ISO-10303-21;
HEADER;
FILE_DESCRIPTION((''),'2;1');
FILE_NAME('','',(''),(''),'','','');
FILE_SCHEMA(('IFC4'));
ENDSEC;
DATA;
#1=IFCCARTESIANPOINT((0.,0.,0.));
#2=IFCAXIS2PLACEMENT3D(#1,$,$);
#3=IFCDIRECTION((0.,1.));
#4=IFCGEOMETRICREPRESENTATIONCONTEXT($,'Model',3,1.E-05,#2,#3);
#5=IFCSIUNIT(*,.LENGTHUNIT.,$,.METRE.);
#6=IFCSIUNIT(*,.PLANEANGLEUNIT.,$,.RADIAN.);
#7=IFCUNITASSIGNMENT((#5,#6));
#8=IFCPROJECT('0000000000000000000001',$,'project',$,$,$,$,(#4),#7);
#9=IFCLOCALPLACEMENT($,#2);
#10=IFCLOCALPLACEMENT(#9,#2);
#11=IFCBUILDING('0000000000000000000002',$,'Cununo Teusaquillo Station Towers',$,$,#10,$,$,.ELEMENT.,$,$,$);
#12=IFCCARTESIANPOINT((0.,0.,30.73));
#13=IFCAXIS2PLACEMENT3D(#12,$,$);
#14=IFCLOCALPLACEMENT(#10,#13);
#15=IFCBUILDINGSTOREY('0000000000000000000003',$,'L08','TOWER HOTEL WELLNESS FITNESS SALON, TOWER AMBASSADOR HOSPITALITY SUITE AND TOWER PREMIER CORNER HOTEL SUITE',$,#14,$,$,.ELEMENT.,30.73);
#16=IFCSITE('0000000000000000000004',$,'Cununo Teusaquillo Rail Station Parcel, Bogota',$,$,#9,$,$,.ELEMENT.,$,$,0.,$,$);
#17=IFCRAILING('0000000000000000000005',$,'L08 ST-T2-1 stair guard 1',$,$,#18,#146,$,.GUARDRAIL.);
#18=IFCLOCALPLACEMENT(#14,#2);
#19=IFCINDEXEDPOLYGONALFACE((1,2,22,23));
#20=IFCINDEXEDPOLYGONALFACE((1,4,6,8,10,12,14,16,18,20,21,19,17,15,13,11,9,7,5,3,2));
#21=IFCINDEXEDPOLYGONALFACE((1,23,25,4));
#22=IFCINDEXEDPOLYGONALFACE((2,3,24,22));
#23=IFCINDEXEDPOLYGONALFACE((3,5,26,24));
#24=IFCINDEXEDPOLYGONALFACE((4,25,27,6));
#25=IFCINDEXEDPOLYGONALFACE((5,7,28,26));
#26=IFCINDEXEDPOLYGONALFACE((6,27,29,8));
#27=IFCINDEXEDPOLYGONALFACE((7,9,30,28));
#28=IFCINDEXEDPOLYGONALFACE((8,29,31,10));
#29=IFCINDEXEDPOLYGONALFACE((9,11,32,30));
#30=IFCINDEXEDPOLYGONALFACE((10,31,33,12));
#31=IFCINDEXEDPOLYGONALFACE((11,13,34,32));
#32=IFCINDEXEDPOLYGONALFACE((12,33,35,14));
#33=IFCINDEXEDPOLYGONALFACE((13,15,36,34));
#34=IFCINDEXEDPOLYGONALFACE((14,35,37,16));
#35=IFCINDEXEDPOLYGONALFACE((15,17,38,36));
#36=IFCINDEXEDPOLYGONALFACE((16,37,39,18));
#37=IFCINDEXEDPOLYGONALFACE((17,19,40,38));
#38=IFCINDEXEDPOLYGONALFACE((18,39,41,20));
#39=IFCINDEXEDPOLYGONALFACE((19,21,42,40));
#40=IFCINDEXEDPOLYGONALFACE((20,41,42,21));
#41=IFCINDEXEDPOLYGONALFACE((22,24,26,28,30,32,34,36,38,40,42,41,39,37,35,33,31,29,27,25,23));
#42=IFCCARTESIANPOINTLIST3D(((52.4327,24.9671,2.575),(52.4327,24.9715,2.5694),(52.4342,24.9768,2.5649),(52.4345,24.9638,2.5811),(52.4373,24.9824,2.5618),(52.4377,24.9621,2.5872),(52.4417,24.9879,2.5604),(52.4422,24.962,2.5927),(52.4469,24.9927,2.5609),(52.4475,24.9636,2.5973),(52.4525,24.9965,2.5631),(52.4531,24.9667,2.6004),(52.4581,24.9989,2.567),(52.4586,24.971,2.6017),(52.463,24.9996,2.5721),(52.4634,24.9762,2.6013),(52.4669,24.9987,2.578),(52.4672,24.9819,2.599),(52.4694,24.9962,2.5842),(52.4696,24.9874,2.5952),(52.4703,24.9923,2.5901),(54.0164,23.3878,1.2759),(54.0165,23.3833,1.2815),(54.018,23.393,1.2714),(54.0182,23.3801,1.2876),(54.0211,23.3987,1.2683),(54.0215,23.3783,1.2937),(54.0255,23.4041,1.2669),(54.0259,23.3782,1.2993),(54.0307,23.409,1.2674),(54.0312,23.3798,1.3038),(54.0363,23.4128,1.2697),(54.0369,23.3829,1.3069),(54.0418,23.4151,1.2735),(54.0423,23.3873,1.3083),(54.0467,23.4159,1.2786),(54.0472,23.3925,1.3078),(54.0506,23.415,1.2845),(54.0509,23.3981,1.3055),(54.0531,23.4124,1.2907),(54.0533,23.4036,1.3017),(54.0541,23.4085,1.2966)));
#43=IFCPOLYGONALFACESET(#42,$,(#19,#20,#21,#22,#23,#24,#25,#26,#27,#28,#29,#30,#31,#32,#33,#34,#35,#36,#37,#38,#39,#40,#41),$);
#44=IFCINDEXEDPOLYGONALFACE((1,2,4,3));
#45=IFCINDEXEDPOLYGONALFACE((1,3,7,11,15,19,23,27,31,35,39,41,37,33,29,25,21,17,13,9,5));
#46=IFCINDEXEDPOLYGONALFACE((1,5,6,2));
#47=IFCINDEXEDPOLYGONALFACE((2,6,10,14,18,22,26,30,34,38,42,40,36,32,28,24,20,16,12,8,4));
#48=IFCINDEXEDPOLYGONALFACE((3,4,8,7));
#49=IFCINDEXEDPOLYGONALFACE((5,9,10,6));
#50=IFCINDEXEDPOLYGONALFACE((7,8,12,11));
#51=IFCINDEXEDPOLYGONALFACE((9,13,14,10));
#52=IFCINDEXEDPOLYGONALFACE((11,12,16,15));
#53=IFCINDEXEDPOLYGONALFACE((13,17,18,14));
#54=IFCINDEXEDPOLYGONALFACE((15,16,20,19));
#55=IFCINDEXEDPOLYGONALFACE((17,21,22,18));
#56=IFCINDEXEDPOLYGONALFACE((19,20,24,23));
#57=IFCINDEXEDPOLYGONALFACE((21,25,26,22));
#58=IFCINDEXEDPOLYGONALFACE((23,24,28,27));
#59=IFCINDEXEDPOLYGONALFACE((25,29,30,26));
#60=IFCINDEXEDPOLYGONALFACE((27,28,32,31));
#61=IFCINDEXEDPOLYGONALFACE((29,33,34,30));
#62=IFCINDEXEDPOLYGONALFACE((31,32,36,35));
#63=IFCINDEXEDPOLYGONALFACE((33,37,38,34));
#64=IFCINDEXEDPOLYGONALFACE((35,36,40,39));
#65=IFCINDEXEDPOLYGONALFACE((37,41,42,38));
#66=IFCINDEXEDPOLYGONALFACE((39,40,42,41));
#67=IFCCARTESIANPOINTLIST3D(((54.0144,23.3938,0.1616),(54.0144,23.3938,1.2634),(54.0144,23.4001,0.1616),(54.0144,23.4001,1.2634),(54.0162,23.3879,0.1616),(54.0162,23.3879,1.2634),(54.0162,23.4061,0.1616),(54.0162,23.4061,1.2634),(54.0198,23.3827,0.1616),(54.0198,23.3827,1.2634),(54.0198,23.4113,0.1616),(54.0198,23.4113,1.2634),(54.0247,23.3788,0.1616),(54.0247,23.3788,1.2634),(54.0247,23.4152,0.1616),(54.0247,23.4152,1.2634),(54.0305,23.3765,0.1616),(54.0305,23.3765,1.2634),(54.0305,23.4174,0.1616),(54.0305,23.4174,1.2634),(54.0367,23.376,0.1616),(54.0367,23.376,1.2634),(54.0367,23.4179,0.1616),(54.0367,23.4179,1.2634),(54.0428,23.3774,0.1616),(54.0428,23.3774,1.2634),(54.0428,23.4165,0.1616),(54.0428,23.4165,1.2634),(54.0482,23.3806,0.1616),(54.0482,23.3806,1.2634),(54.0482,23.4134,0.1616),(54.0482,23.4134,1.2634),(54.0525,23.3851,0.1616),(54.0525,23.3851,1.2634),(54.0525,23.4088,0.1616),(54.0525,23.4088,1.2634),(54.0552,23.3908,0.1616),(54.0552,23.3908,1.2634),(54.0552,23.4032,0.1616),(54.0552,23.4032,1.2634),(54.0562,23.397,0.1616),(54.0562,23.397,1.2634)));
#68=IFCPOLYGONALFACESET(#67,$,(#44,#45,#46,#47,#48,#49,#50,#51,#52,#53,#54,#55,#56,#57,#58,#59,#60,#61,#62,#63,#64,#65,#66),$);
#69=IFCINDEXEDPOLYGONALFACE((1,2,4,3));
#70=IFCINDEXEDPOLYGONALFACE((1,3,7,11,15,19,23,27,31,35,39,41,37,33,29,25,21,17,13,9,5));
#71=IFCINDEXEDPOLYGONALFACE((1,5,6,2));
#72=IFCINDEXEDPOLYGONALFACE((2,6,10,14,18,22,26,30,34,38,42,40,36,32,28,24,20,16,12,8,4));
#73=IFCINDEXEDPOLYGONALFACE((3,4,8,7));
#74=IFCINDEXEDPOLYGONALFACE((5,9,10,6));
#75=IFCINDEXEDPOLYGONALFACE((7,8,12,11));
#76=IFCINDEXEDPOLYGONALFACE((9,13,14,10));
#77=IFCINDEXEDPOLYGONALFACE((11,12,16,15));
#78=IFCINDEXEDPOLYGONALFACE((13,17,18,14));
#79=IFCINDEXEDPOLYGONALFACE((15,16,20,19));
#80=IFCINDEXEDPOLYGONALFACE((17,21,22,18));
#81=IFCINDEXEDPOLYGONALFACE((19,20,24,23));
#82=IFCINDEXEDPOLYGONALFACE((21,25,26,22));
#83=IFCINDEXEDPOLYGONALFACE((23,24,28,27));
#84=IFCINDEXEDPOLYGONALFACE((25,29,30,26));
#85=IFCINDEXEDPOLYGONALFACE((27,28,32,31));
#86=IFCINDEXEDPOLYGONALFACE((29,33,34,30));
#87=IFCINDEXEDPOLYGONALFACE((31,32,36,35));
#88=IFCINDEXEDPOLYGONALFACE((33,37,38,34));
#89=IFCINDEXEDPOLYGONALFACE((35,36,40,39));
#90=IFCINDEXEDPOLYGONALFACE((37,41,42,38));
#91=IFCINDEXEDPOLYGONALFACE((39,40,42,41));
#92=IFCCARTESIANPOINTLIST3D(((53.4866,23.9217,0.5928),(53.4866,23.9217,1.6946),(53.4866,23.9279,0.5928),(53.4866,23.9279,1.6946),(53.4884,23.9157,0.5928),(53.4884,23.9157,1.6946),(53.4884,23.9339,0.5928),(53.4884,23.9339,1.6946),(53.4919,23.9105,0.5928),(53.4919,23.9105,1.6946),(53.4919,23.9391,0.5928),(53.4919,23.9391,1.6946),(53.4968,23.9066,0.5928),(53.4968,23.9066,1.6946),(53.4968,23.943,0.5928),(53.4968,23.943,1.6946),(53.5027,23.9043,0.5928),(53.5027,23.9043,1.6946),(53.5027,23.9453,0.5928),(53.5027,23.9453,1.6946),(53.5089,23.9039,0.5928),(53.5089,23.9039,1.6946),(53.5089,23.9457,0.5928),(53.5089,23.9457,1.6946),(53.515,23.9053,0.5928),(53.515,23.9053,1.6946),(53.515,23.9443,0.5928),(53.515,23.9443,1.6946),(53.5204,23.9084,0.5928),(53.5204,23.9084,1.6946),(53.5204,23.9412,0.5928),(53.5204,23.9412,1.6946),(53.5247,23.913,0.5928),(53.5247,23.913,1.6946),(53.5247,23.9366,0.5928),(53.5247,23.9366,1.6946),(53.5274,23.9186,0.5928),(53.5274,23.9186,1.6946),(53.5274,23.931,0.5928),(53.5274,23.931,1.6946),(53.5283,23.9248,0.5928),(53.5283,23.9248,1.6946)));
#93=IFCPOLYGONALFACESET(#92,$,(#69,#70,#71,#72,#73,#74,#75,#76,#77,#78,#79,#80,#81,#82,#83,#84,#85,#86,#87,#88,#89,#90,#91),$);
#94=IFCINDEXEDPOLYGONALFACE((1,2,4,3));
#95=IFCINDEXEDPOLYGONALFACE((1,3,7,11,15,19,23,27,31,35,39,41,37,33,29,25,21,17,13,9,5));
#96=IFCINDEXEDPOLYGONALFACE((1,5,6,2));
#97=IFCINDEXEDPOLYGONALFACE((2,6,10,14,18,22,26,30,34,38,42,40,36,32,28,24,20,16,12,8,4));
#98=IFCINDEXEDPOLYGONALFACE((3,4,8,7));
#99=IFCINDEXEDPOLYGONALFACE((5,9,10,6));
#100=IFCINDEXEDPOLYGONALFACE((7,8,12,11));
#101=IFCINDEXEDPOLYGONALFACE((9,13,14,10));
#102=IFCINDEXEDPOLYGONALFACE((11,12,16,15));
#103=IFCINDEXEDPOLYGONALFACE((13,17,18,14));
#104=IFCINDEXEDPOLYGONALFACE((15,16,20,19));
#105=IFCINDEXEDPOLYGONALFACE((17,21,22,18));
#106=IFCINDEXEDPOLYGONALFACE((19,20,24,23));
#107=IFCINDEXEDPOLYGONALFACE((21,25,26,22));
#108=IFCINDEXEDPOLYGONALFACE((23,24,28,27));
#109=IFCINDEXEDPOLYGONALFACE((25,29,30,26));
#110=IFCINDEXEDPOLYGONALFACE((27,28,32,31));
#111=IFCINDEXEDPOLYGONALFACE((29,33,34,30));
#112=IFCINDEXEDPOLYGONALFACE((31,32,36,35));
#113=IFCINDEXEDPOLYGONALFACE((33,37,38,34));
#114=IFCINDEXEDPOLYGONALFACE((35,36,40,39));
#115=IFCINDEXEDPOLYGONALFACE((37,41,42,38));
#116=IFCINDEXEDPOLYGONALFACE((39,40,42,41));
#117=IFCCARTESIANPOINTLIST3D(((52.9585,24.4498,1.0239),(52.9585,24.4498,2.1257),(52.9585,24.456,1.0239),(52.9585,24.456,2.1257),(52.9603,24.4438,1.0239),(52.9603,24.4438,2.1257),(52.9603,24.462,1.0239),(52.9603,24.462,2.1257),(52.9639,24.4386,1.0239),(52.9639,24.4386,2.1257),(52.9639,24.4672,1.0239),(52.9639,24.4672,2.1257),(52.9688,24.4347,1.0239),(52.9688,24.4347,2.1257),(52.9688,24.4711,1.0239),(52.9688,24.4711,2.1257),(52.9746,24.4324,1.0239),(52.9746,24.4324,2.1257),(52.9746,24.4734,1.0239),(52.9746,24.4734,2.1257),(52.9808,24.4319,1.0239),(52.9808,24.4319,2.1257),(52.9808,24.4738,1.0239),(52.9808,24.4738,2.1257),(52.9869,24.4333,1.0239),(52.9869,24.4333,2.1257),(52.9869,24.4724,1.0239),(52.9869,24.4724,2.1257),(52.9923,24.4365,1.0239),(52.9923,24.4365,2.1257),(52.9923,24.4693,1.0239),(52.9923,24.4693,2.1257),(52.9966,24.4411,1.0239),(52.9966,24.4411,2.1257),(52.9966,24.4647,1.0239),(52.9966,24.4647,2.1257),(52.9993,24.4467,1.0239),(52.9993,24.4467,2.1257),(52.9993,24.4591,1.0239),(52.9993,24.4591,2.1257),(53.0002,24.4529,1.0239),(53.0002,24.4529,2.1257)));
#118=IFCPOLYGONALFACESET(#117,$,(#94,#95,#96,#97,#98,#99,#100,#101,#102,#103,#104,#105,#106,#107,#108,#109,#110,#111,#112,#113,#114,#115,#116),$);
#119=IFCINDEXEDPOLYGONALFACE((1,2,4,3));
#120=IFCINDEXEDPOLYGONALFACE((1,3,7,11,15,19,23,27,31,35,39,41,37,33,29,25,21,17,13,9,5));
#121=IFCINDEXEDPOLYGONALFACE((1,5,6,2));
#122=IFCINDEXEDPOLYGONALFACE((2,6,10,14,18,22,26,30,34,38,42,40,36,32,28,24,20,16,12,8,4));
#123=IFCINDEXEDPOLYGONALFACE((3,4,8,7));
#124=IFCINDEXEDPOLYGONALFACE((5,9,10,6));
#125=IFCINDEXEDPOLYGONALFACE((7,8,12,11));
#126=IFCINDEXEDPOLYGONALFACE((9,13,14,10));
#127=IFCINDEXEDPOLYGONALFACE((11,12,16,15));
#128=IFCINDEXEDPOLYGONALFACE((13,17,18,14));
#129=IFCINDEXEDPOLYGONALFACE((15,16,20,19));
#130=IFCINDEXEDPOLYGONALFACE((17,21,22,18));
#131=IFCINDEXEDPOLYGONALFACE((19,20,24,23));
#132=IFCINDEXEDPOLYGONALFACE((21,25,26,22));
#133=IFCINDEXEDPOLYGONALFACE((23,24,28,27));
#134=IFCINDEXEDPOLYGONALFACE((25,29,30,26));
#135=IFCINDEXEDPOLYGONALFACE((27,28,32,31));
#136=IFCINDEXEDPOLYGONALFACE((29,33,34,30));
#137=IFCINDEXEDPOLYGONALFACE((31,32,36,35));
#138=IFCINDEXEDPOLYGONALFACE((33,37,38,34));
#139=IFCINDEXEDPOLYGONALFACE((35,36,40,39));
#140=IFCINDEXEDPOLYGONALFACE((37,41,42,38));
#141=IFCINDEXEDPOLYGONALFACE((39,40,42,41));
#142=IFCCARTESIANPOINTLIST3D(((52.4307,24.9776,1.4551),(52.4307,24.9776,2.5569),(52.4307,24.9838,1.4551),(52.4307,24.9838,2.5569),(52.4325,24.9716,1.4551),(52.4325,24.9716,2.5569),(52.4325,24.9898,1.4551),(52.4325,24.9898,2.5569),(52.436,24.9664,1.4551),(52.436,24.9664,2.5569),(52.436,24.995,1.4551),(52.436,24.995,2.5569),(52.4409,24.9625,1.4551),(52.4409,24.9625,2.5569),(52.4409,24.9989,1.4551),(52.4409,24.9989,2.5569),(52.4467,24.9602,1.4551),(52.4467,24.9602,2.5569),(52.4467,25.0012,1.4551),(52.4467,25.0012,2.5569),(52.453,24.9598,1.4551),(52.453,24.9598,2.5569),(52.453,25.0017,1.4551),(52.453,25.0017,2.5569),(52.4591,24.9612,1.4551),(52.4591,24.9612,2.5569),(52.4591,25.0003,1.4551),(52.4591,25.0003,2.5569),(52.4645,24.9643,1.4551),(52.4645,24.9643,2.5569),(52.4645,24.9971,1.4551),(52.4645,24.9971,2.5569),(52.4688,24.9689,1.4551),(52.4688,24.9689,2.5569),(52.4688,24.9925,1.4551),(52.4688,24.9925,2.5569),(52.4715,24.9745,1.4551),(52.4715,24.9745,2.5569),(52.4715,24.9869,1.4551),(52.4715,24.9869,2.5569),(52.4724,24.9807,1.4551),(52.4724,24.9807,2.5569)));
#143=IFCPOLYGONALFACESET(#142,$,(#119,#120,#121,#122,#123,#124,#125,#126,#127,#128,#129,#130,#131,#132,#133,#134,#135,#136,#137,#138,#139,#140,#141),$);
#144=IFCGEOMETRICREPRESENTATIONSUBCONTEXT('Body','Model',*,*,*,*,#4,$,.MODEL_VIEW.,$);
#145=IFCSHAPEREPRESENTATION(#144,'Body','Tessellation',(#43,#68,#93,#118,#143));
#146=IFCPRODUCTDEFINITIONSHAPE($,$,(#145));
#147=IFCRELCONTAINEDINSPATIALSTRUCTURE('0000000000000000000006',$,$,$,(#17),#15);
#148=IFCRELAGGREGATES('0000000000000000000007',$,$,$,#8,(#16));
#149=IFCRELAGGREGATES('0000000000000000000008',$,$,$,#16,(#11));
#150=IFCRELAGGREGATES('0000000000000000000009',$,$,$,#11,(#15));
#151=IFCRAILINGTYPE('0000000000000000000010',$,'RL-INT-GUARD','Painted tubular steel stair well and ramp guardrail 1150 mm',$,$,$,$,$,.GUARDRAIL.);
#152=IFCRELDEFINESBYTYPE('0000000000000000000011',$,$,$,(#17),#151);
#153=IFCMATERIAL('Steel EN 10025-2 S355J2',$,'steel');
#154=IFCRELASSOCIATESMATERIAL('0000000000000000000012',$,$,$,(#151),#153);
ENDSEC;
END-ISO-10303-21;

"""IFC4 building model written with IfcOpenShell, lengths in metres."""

from ifc_helpers import new_model, si_unit, direction, frame, origin, origin_2d, place, context, subcontext, project, spatial, circle, extrude, material, type_object, element, save


model = new_model("IFC4")

# Units and contexts
model_context = context("Model", 3, precision=1e-05, world=origin(), true_north=direction((0.0, 1.0)))
body_context = subcontext(model_context, "Body", "Model", "MODEL_VIEW")
ifc_project = project(units=[si_unit("LENGTHUNIT", "METRE"), si_unit("PLANEANGLEUNIT", "RADIAN")], contexts=[model_context])

# Site, building, storey
site_placement = place(None, origin())
site = spatial("IfcSite", under=ifc_project, at=site_placement, Name="Cununo Teusaquillo Rail Station Parcel, Bogota", CompositionType="ELEMENT", RefElevation=0.0)
building_placement = place(site_placement, origin())
building = spatial("IfcBuilding", under=site, at=building_placement, Name="Cununo Teusaquillo Station Towers", CompositionType="ELEMENT")
storey_placement = place(building_placement, frame((0.0, 0.0, 30.73)))
storey = spatial("IfcBuildingStorey", under=building, at=storey_placement, Name="L08", Description="TOWER HOTEL WELLNESS FITNESS SALON, TOWER AMBASSADOR HOSPITALITY SUITE AND TOWER PREMIER CORNER HOTEL SUITE", CompositionType="ELEMENT", Elevation=30.73)

# Railing
ifc_material_1 = material(Name="Steel EN 10025-2 S355J2", Category="steel")
railing_type_1 = type_object("IfcRailingType", Name="RL-INT-GUARD", Description="Painted tubular steel stair well and ramp guardrail 1150 mm", PredefinedType="GUARDRAIL", material=ifc_material_1)
railing_1_placement = place(storey_placement, frame((54.0352, 23.397, 0.1616)))
element("IfcRailing", 1, at=railing_1_placement, inside=storey, type_object=railing_type_1, Name="L08 ST-T2-1 stair guard 1", PredefinedType="GUARDRAIL", context=body_context, shape_type="SweptSolid", body=[
    extrude(circle(Radius=0.0239, at=origin_2d()), frame((0.0, 0.0, 1.126), z_axis=(-0.612332, 0.612332, 0.500098), x_axis=(-0.707107, -0.707107, 0.0)), (0.0, 0.0, 1.0), 2.5864),
    extrude(circle(Radius=0.021, at=origin_2d()), origin(), (0.0, 0.0, 1.0), 1.1018),
    extrude(circle(Radius=0.021, at=origin_2d()), frame((-0.5278, 0.5278, 0.4312)), (0.0, 0.0, 1.0), 1.1018),
    extrude(circle(Radius=0.021, at=origin_2d()), frame((-1.0559, 1.0559, 0.8623)), (0.0, 0.0, 1.0), 1.1018),
    extrude(circle(Radius=0.021, at=origin_2d()), frame((-1.5837, 1.5837, 1.2935)), (0.0, 0.0, 1.0), 1.1018),
])

save(model, "model.ifc")
